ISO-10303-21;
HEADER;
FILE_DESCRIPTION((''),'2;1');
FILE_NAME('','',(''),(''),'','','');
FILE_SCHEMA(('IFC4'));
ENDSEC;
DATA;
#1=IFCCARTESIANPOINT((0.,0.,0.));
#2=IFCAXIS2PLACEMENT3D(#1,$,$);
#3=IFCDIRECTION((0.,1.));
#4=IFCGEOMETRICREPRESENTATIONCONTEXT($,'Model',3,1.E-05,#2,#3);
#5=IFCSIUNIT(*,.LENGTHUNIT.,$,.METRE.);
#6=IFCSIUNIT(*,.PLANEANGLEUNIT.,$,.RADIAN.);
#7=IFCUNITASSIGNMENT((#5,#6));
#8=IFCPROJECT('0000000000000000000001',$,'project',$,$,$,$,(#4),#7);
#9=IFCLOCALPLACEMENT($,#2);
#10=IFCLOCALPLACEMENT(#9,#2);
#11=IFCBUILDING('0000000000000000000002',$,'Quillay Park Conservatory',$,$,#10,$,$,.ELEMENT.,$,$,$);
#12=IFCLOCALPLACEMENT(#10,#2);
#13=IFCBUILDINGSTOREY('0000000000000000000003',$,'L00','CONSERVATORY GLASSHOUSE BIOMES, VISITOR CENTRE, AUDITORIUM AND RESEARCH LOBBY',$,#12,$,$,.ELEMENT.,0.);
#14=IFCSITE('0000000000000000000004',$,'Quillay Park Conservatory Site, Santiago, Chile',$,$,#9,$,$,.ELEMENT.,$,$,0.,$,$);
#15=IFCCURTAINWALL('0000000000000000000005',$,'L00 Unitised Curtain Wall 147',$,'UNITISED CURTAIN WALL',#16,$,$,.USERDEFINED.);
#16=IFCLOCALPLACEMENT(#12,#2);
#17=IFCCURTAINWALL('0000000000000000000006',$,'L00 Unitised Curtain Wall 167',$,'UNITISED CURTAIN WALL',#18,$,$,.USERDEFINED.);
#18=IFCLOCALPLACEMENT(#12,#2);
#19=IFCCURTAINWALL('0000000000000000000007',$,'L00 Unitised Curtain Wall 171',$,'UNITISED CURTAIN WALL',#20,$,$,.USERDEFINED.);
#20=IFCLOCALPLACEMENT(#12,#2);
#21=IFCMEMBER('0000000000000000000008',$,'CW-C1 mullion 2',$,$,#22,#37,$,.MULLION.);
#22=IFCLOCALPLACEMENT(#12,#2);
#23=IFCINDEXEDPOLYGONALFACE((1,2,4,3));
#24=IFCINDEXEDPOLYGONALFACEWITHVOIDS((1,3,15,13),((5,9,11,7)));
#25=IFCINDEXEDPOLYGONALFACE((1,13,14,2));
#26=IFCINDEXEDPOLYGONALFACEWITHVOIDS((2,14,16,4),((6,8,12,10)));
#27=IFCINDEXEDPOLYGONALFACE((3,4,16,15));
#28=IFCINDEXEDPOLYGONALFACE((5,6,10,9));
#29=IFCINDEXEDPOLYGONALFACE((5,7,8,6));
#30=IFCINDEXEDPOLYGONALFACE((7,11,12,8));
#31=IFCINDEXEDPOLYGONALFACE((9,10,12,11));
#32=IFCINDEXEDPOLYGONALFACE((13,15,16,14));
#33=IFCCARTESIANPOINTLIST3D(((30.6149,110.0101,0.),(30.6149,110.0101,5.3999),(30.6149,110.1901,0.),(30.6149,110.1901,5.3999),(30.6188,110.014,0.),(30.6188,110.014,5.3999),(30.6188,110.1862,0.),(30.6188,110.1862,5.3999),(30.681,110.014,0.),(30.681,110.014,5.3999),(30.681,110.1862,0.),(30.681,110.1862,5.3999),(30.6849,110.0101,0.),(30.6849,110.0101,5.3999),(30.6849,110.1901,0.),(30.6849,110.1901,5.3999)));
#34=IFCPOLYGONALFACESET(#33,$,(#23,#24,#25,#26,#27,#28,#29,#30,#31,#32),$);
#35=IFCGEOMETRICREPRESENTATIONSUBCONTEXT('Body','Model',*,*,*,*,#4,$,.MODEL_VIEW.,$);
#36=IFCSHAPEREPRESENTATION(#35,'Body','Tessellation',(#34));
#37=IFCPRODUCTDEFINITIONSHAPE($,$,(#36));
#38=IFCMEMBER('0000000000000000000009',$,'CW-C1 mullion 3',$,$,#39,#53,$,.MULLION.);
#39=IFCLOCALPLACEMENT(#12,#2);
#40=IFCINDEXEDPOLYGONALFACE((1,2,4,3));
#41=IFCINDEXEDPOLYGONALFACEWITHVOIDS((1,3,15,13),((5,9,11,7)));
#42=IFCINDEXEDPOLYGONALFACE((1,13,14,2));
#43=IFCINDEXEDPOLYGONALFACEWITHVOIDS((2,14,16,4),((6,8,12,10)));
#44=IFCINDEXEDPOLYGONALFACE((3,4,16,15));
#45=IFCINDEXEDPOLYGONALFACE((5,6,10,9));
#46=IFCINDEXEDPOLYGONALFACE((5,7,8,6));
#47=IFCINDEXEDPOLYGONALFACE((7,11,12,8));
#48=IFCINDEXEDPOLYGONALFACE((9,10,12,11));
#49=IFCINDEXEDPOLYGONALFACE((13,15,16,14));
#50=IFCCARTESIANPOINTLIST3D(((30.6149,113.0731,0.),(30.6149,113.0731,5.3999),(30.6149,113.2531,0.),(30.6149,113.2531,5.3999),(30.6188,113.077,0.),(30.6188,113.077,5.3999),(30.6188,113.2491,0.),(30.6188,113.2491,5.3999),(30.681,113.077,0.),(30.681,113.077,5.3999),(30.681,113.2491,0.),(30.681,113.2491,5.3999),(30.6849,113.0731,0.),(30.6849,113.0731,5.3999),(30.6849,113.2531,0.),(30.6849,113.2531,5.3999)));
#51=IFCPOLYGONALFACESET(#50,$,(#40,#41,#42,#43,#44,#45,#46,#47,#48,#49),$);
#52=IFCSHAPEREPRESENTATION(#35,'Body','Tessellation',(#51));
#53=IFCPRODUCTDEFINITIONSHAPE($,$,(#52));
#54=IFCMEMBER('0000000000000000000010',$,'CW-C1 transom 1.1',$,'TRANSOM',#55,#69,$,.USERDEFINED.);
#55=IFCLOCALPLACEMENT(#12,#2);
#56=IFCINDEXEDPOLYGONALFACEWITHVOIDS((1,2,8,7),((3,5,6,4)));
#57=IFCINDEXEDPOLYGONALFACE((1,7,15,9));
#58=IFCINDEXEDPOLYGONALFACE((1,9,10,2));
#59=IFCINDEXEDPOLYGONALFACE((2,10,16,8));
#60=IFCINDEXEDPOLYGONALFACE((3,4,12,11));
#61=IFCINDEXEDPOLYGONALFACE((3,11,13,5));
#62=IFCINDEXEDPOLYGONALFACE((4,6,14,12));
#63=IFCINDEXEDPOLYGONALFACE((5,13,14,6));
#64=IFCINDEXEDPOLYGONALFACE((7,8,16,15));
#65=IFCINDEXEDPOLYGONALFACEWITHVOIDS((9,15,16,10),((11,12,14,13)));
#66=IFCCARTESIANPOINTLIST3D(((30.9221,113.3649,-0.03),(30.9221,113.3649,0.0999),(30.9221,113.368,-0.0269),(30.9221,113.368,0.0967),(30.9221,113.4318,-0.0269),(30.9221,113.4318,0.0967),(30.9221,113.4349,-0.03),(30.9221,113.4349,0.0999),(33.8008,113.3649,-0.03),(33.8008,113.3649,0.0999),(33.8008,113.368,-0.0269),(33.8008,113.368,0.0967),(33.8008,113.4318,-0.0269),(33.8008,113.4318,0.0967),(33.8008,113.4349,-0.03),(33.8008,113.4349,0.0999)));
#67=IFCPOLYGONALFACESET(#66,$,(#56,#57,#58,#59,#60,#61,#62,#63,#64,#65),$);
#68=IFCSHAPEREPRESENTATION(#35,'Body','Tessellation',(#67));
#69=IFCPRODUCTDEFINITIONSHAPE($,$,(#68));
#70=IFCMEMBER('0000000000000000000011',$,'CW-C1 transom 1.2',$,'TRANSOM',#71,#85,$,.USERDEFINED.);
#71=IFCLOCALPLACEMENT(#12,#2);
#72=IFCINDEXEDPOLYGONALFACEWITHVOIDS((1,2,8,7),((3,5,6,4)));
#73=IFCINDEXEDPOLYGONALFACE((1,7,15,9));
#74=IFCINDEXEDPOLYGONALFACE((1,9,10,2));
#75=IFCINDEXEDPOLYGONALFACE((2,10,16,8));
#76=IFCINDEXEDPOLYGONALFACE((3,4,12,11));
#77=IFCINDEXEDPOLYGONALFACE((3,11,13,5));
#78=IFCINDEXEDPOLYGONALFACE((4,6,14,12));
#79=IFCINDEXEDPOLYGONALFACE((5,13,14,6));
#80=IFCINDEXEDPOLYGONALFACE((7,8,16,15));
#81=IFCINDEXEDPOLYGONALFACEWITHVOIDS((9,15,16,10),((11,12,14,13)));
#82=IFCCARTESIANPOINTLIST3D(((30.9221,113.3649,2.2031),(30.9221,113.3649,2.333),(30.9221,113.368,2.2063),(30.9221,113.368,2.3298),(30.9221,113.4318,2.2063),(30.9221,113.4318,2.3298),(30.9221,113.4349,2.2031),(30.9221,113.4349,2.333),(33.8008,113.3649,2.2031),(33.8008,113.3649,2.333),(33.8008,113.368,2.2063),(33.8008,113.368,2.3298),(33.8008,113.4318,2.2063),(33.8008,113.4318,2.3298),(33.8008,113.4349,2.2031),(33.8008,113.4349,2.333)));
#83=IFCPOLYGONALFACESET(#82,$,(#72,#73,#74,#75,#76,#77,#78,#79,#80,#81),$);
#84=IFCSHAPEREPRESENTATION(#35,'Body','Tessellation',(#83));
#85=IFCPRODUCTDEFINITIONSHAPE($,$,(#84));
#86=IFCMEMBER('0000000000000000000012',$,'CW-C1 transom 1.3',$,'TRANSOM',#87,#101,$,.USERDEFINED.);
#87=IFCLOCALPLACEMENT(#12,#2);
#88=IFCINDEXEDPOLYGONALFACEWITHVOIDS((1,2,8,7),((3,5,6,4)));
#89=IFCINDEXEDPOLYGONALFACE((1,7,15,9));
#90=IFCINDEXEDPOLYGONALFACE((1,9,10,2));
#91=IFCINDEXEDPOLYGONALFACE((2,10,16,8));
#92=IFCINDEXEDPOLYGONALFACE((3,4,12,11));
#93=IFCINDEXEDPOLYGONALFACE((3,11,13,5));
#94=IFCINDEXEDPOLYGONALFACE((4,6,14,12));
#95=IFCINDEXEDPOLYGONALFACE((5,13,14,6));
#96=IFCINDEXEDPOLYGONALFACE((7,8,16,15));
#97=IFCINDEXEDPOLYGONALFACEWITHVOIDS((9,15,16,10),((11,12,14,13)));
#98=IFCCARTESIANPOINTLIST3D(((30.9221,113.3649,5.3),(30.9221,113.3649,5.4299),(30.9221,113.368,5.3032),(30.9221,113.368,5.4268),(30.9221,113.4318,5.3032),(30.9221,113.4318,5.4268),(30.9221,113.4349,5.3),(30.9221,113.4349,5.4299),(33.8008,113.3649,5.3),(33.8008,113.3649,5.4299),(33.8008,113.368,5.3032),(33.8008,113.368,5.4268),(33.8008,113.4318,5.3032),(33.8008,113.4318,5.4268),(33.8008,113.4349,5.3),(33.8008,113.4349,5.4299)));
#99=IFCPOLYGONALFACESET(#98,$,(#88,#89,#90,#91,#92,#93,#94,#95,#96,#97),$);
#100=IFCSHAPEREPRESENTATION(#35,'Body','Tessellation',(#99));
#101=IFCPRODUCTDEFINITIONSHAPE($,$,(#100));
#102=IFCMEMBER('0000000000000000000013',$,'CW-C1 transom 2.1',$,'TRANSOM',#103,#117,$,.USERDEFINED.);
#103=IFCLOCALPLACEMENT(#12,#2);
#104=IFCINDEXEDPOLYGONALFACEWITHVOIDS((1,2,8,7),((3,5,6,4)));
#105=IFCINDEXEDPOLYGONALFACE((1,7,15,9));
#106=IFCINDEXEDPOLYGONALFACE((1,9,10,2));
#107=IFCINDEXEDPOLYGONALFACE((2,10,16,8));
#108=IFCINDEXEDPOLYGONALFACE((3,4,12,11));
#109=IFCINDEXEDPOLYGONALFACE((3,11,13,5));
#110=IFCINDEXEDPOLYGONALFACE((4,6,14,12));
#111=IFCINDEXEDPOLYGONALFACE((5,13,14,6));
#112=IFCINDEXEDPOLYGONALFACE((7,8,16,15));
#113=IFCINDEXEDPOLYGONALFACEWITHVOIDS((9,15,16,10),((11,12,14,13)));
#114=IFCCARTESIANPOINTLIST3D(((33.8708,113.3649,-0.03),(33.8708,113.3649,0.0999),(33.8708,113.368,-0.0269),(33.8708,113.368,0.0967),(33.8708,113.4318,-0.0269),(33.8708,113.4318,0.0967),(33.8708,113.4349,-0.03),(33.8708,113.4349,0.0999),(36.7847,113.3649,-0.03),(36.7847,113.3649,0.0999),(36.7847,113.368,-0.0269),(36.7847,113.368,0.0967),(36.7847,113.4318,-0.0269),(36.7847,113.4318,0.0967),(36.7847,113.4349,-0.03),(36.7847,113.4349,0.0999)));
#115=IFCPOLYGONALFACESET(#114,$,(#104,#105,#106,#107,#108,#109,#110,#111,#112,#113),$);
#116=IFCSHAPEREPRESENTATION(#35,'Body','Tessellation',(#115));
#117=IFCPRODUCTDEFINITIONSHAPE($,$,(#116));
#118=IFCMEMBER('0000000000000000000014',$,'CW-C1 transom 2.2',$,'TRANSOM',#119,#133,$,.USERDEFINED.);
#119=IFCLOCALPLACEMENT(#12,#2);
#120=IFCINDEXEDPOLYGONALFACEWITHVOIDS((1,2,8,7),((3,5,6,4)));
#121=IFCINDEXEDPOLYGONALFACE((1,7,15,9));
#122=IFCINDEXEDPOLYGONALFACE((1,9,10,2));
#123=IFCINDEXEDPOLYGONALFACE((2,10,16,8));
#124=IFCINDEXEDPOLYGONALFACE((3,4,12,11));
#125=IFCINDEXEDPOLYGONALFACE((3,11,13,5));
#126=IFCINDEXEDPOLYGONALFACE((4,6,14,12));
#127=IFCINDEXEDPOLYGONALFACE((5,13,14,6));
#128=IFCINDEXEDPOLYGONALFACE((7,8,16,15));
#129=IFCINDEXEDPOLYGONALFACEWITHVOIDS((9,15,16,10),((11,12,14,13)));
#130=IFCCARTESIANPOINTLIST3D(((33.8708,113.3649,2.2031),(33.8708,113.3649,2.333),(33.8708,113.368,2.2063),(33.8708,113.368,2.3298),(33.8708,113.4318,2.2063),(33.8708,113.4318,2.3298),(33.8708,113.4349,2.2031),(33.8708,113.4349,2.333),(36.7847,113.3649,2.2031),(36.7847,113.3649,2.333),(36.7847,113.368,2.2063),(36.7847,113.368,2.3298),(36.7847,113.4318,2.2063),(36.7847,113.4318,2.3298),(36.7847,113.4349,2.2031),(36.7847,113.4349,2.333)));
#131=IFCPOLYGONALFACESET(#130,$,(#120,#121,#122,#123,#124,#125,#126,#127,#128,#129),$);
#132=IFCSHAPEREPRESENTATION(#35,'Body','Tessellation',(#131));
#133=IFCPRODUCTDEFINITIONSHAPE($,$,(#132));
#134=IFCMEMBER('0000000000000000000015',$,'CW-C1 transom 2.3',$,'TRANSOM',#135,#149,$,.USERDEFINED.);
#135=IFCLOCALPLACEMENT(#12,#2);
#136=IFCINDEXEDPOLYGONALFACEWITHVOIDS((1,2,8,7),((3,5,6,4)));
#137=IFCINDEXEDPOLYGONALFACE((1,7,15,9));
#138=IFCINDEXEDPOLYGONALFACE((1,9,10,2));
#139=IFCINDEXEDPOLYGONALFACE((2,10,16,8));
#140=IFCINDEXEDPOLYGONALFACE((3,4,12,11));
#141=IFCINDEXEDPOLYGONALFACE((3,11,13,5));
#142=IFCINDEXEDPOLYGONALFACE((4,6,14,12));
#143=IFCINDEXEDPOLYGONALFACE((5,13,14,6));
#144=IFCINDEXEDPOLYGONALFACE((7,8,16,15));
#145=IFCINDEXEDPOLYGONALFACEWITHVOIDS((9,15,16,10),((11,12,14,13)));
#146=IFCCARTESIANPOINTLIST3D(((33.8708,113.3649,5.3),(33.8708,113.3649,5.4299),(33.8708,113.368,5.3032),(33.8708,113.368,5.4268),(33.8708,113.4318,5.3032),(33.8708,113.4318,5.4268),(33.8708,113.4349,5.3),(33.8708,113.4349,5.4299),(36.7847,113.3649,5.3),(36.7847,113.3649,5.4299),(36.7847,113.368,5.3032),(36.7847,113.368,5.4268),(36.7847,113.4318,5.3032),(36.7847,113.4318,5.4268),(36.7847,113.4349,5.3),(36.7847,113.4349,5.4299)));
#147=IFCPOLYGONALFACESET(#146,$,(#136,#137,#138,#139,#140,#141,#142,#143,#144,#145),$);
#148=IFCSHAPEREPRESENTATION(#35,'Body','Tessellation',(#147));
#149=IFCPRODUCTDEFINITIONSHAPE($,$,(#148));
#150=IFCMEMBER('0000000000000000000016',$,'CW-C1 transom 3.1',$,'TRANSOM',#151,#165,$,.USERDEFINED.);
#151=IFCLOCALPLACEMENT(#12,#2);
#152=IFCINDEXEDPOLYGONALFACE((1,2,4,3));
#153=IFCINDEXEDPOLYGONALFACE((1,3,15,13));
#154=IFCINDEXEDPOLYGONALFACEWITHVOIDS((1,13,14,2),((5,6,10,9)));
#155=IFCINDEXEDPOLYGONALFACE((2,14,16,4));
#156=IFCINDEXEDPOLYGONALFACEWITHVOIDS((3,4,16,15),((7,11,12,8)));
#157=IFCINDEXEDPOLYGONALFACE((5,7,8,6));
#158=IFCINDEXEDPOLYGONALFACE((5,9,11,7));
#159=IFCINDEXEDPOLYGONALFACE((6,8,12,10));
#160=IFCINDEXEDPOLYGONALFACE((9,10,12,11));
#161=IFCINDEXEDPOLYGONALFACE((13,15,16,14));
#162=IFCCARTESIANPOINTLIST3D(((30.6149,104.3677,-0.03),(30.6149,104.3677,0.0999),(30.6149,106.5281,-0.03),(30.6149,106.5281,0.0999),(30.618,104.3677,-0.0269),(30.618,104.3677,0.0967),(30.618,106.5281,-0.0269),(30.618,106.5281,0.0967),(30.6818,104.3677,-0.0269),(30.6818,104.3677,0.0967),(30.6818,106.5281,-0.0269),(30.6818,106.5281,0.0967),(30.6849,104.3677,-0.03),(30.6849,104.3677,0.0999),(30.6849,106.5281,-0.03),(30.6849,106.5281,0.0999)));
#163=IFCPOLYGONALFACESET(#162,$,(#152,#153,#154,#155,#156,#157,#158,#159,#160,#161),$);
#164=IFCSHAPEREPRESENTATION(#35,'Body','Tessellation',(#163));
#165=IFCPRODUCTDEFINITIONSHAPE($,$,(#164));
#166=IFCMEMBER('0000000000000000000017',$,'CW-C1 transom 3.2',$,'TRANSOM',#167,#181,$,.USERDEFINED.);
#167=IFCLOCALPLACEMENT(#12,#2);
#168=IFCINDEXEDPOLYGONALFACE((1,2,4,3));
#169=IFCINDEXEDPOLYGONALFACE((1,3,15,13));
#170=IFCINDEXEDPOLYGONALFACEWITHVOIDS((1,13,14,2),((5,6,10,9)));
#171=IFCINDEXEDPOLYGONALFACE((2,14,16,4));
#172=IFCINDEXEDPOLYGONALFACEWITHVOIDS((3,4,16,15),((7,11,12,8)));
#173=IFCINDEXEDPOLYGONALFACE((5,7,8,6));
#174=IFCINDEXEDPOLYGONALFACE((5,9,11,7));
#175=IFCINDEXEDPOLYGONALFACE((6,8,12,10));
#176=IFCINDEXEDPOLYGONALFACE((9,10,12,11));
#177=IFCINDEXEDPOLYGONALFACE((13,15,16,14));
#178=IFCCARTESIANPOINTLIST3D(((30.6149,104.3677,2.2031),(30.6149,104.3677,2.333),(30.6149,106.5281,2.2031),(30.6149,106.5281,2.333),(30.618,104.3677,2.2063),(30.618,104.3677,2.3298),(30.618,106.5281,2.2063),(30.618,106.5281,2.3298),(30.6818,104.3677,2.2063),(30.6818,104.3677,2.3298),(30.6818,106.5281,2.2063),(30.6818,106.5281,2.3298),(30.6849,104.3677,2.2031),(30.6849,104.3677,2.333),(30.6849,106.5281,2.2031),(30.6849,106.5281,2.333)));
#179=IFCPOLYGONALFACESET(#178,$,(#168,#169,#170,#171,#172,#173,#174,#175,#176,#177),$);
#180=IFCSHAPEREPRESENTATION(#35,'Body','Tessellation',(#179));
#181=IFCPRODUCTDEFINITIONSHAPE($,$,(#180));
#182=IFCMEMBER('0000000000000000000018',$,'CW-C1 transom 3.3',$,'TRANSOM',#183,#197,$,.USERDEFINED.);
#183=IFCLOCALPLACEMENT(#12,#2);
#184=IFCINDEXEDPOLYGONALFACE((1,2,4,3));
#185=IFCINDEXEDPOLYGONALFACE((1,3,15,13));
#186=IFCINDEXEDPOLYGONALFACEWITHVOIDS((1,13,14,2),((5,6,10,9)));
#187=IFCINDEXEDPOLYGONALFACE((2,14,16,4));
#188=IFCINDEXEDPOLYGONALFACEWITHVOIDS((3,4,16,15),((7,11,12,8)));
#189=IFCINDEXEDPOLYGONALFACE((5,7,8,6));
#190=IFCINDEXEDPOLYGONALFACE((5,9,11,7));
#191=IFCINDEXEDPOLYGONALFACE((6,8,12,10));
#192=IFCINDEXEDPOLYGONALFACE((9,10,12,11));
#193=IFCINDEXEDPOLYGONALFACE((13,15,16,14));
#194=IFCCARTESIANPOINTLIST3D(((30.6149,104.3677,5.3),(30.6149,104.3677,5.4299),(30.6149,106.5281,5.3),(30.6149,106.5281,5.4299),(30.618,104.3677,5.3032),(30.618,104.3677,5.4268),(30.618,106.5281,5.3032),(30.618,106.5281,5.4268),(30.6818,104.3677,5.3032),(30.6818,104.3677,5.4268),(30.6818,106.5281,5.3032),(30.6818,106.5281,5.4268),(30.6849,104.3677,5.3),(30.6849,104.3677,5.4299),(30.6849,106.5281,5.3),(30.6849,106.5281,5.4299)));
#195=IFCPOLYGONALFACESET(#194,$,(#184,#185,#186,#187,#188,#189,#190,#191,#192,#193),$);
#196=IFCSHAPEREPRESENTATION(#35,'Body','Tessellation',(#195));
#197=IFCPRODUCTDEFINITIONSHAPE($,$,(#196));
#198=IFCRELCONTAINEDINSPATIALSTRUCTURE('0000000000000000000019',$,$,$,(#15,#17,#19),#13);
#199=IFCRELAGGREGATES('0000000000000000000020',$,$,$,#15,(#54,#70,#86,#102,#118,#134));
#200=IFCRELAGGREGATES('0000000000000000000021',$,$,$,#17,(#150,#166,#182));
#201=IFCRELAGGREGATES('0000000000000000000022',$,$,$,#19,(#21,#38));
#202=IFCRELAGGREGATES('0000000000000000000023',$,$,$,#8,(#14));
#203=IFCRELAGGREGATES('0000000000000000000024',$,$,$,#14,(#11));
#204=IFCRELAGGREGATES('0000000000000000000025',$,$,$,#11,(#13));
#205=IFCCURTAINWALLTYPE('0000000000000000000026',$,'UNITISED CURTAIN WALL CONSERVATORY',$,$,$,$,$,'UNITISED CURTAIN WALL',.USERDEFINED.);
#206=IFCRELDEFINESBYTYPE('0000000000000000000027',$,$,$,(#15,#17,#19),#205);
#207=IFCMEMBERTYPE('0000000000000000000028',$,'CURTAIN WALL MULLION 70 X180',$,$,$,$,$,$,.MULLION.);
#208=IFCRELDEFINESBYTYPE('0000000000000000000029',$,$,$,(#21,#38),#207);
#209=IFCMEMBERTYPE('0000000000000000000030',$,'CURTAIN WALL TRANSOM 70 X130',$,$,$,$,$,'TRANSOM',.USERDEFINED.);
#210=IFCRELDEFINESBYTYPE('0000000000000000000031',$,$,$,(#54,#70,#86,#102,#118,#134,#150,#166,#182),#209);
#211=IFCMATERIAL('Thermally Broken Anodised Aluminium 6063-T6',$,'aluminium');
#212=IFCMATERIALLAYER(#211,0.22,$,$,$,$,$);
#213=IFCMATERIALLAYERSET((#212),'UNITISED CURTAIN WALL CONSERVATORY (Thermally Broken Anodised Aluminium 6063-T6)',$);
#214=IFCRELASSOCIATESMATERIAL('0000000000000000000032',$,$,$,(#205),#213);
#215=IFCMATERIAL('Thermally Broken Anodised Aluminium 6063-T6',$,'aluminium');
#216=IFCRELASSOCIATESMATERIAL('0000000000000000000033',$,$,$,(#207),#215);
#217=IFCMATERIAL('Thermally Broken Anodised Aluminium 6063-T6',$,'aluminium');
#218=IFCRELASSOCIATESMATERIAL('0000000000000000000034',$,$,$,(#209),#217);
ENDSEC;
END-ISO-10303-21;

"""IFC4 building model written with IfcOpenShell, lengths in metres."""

from ifc_helpers import new_model, si_unit, direction, frame, origin, origin_2d, place, context, subcontext, project, spatial, hollow_rectangle, extrude, material, layer, layer_set, material_profile, profile_set, type_object, element, aggregate, save


model = new_model("IFC4")

# Units and contexts
model_context = context("Model", 3, precision=1e-05, world=origin(), true_north=direction((0.0, 1.0)))
body_context = subcontext(model_context, "Body", "Model", "MODEL_VIEW")
ifc_project = project(units=[si_unit("LENGTHUNIT", "METRE"), si_unit("PLANEANGLEUNIT", "RADIAN")], contexts=[model_context])

# Site, building, storey
site_placement = place(None, origin())
site = spatial("IfcSite", under=ifc_project, at=site_placement, Name="Quillay Park Conservatory Site, Santiago, Chile", CompositionType="ELEMENT", RefElevation=0.0)
building_placement = place(site_placement, origin())
building = spatial("IfcBuilding", under=site, at=building_placement, Name="Quillay Park Conservatory", CompositionType="ELEMENT")
storey_placement = place(building_placement, origin())
storey = spatial("IfcBuildingStorey", under=building, at=storey_placement, Name="L00", Description="CONSERVATORY GLASSHOUSE BIOMES, VISITOR CENTRE, AUDITORIUM AND RESEARCH LOBBY", CompositionType="ELEMENT", Elevation=0.0)

# Curtain walls, members
ifc_material_1 = material(Name="Thermally Broken Anodised Aluminium 6063-T6", Category="aluminium")
ifc_layer_1 = layer(ifc_material_1, 0.22)
ifc_layer_set_1 = layer_set([ifc_layer_1], Name="UNITISED CURTAIN WALL CONSERVATORY (Thermally Broken Anodised Aluminium 6063-T6)")
curtain_wall_type = type_object("IfcCurtainWallType", Name="UNITISED CURTAIN WALL CONSERVATORY", ElementType="UNITISED CURTAIN WALL", PredefinedType="USERDEFINED", material=ifc_layer_set_1)
curtain_wall_1_placement = place(storey_placement, origin())
curtain_wall_1 = element("IfcCurtainWall", 1, at=curtain_wall_1_placement, inside=storey, type_object=curtain_wall_type, Name="L00 Unitised Curtain Wall 147", ObjectType="UNITISED CURTAIN WALL", PredefinedType="USERDEFINED")
ifc_material_2 = material(Name="Thermally Broken Anodised Aluminium 6063-T6", Category="aluminium")
ifc_material_profile_1 = material_profile(ifc_material_2, hollow_rectangle(XDim=0.0701, YDim=0.1799, WallThickness=0.0039, at=origin_2d()), Name="AL70x180x4")
ifc_profile_set_1 = profile_set([ifc_material_profile_1], Name="Thermally Broken Anodised Aluminium 6063-T6")
member_type_1 = type_object("IfcMemberType", Name="CURTAIN WALL MULLION 70 X180", PredefinedType="MULLION", material=ifc_profile_set_1)
curtain_wall_2_placement = place(storey_placement, origin())
curtain_wall_2 = element("IfcCurtainWall", 2, at=curtain_wall_2_placement, inside=storey, type_object=curtain_wall_type, Name="L00 Unitised Curtain Wall 167", ObjectType="UNITISED CURTAIN WALL", PredefinedType="USERDEFINED")
curtain_wall_3_placement = place(storey_placement, origin())
curtain_wall_3 = element("IfcCurtainWall", 3, at=curtain_wall_3_placement, inside=storey, type_object=curtain_wall_type, Name="L00 Unitised Curtain Wall 171", ObjectType="UNITISED CURTAIN WALL", PredefinedType="USERDEFINED")
member_1_placement = place(storey_placement, frame((30.6499, 110.1001, 0.0), z_axis=(0.0, 0.0, 1.0), x_axis=(-1.0, 0.0, 0.0)))
member_1 = element("IfcMember", 4, at=member_1_placement, type_object=member_type_1, Name="CW-C1 mullion 2", PredefinedType="MULLION", context=body_context, shape_type="SweptSolid", body=[
    extrude(hollow_rectangle(XDim=0.0701, YDim=0.1799, WallThickness=0.0039, at=origin_2d()), origin(), (0.0, 0.0, 1.0), 5.3999),
])
member_2_placement = place(storey_placement, frame((30.6499, 113.1631, 0.0), z_axis=(0.0, 0.0, 1.0), x_axis=(-1.0, 0.0, 0.0)))
member_2 = element("IfcMember", 5, at=member_2_placement, type_object=member_type_1, Name="CW-C1 mullion 3", PredefinedType="MULLION", context=body_context, shape_type="SweptSolid", body=[
    extrude(hollow_rectangle(XDim=0.0701, YDim=0.1799, WallThickness=0.0039, at=origin_2d()), origin(), (0.0, 0.0, 1.0), 5.3999),
])

# Members
ifc_material_3 = material(Name="Thermally Broken Anodised Aluminium 6063-T6", Category="aluminium")
ifc_material_profile_2 = material_profile(ifc_material_3, hollow_rectangle(XDim=0.0701, YDim=0.1299, WallThickness=0.0032, at=origin_2d()), Name="AL70x130x3.2")
ifc_profile_set_2 = profile_set([ifc_material_profile_2], Name="Thermally Broken Anodised Aluminium 6063-T6")
member_type_2 = type_object("IfcMemberType", Name="CURTAIN WALL TRANSOM 70 X130", ElementType="TRANSOM", PredefinedType="USERDEFINED", material=ifc_profile_set_2)
member_3_placement = place(storey_placement, frame((30.9221, 113.3999, 0.0349), z_axis=(1.0, 0.0, 0.0), x_axis=(0.0, 1.0, 0.0)))
member_3 = element("IfcMember", 6, at=member_3_placement, type_object=member_type_2, Name="CW-C1 transom 1.1", ObjectType="TRANSOM", PredefinedType="USERDEFINED", context=body_context, shape_type="SweptSolid", body=[
    extrude(hollow_rectangle(XDim=0.0701, YDim=0.1299, WallThickness=0.0032, at=origin_2d()), origin(), (0.0, 0.0, 1.0), 2.8787),
])
member_4_placement = place(storey_placement, frame((30.9221, 113.3999, 2.2681), z_axis=(1.0, 0.0, 0.0), x_axis=(0.0, 1.0, 0.0)))
member_4 = element("IfcMember", 7, at=member_4_placement, type_object=member_type_2, Name="CW-C1 transom 1.2", ObjectType="TRANSOM", PredefinedType="USERDEFINED", context=body_context, shape_type="SweptSolid", body=[
    extrude(hollow_rectangle(XDim=0.0701, YDim=0.1299, WallThickness=0.0032, at=origin_2d()), origin(), (0.0, 0.0, 1.0), 2.8787),
])
member_5_placement = place(storey_placement, frame((30.9221, 113.3999, 5.365), z_axis=(1.0, 0.0, 0.0), x_axis=(0.0, 1.0, 0.0)))
member_5 = element("IfcMember", 8, at=member_5_placement, type_object=member_type_2, Name="CW-C1 transom 1.3", ObjectType="TRANSOM", PredefinedType="USERDEFINED", context=body_context, shape_type="SweptSolid", body=[
    extrude(hollow_rectangle(XDim=0.0701, YDim=0.1299, WallThickness=0.0032, at=origin_2d()), origin(), (0.0, 0.0, 1.0), 2.8787),
])
member_6_placement = place(storey_placement, frame((33.8708, 113.3999, 0.0349), z_axis=(1.0, 0.0, 0.0), x_axis=(0.0, 1.0, 0.0)))
member_6 = element("IfcMember", 9, at=member_6_placement, type_object=member_type_2, Name="CW-C1 transom 2.1", ObjectType="TRANSOM", PredefinedType="USERDEFINED", context=body_context, shape_type="SweptSolid", body=[
    extrude(hollow_rectangle(XDim=0.0701, YDim=0.1299, WallThickness=0.0032, at=origin_2d()), origin(), (0.0, 0.0, 1.0), 2.9138),
])
member_7_placement = place(storey_placement, frame((33.8708, 113.3999, 2.2681), z_axis=(1.0, 0.0, 0.0), x_axis=(0.0, 1.0, 0.0)))
member_7 = element("IfcMember", 10, at=member_7_placement, type_object=member_type_2, Name="CW-C1 transom 2.2", ObjectType="TRANSOM", PredefinedType="USERDEFINED", context=body_context, shape_type="SweptSolid", body=[
    extrude(hollow_rectangle(XDim=0.0701, YDim=0.1299, WallThickness=0.0032, at=origin_2d()), origin(), (0.0, 0.0, 1.0), 2.9138),
])
member_8_placement = place(storey_placement, frame((33.8708, 113.3999, 5.365), z_axis=(1.0, 0.0, 0.0), x_axis=(0.0, 1.0, 0.0)))
member_8 = element("IfcMember", 11, at=member_8_placement, type_object=member_type_2, Name="CW-C1 transom 2.3", ObjectType="TRANSOM", PredefinedType="USERDEFINED", context=body_context, shape_type="SweptSolid", body=[
    extrude(hollow_rectangle(XDim=0.0701, YDim=0.1299, WallThickness=0.0032, at=origin_2d()), origin(), (0.0, 0.0, 1.0), 2.9138),
])
member_9_placement = place(storey_placement, frame((30.6499, 104.3677, 0.0349), z_axis=(0.0, 1.0, 0.0), x_axis=(-1.0, 0.0, 0.0)))
member_9 = element("IfcMember", 12, at=member_9_placement, type_object=member_type_2, Name="CW-C1 transom 3.1", ObjectType="TRANSOM", PredefinedType="USERDEFINED", context=body_context, shape_type="SweptSolid", body=[
    extrude(hollow_rectangle(XDim=0.0701, YDim=0.1299, WallThickness=0.0032, at=origin_2d()), origin(), (0.0, 0.0, 1.0), 2.1604),
])
member_10_placement = place(storey_placement, frame((30.6499, 104.3677, 2.2681), z_axis=(0.0, 1.0, 0.0), x_axis=(-1.0, 0.0, 0.0)))
member_10 = element("IfcMember", 13, at=member_10_placement, type_object=member_type_2, Name="CW-C1 transom 3.2", ObjectType="TRANSOM", PredefinedType="USERDEFINED", context=body_context, shape_type="SweptSolid", body=[
    extrude(hollow_rectangle(XDim=0.0701, YDim=0.1299, WallThickness=0.0032, at=origin_2d()), origin(), (0.0, 0.0, 1.0), 2.1604),
])
member_11_placement = place(storey_placement, frame((30.6499, 104.3677, 5.365), z_axis=(0.0, 1.0, 0.0), x_axis=(-1.0, 0.0, 0.0)))
member_11 = element("IfcMember", 14, at=member_11_placement, type_object=member_type_2, Name="CW-C1 transom 3.3", ObjectType="TRANSOM", PredefinedType="USERDEFINED", context=body_context, shape_type="SweptSolid", body=[
    extrude(hollow_rectangle(XDim=0.0701, YDim=0.1299, WallThickness=0.0032, at=origin_2d()), origin(), (0.0, 0.0, 1.0), 2.1604),
])

aggregate(curtain_wall_1, [member_3, member_4, member_5, member_6, member_7, member_8])
aggregate(curtain_wall_2, [member_9, member_10, member_11])
aggregate(curtain_wall_3, [member_1, member_2])

save(model, "model.ifc")
